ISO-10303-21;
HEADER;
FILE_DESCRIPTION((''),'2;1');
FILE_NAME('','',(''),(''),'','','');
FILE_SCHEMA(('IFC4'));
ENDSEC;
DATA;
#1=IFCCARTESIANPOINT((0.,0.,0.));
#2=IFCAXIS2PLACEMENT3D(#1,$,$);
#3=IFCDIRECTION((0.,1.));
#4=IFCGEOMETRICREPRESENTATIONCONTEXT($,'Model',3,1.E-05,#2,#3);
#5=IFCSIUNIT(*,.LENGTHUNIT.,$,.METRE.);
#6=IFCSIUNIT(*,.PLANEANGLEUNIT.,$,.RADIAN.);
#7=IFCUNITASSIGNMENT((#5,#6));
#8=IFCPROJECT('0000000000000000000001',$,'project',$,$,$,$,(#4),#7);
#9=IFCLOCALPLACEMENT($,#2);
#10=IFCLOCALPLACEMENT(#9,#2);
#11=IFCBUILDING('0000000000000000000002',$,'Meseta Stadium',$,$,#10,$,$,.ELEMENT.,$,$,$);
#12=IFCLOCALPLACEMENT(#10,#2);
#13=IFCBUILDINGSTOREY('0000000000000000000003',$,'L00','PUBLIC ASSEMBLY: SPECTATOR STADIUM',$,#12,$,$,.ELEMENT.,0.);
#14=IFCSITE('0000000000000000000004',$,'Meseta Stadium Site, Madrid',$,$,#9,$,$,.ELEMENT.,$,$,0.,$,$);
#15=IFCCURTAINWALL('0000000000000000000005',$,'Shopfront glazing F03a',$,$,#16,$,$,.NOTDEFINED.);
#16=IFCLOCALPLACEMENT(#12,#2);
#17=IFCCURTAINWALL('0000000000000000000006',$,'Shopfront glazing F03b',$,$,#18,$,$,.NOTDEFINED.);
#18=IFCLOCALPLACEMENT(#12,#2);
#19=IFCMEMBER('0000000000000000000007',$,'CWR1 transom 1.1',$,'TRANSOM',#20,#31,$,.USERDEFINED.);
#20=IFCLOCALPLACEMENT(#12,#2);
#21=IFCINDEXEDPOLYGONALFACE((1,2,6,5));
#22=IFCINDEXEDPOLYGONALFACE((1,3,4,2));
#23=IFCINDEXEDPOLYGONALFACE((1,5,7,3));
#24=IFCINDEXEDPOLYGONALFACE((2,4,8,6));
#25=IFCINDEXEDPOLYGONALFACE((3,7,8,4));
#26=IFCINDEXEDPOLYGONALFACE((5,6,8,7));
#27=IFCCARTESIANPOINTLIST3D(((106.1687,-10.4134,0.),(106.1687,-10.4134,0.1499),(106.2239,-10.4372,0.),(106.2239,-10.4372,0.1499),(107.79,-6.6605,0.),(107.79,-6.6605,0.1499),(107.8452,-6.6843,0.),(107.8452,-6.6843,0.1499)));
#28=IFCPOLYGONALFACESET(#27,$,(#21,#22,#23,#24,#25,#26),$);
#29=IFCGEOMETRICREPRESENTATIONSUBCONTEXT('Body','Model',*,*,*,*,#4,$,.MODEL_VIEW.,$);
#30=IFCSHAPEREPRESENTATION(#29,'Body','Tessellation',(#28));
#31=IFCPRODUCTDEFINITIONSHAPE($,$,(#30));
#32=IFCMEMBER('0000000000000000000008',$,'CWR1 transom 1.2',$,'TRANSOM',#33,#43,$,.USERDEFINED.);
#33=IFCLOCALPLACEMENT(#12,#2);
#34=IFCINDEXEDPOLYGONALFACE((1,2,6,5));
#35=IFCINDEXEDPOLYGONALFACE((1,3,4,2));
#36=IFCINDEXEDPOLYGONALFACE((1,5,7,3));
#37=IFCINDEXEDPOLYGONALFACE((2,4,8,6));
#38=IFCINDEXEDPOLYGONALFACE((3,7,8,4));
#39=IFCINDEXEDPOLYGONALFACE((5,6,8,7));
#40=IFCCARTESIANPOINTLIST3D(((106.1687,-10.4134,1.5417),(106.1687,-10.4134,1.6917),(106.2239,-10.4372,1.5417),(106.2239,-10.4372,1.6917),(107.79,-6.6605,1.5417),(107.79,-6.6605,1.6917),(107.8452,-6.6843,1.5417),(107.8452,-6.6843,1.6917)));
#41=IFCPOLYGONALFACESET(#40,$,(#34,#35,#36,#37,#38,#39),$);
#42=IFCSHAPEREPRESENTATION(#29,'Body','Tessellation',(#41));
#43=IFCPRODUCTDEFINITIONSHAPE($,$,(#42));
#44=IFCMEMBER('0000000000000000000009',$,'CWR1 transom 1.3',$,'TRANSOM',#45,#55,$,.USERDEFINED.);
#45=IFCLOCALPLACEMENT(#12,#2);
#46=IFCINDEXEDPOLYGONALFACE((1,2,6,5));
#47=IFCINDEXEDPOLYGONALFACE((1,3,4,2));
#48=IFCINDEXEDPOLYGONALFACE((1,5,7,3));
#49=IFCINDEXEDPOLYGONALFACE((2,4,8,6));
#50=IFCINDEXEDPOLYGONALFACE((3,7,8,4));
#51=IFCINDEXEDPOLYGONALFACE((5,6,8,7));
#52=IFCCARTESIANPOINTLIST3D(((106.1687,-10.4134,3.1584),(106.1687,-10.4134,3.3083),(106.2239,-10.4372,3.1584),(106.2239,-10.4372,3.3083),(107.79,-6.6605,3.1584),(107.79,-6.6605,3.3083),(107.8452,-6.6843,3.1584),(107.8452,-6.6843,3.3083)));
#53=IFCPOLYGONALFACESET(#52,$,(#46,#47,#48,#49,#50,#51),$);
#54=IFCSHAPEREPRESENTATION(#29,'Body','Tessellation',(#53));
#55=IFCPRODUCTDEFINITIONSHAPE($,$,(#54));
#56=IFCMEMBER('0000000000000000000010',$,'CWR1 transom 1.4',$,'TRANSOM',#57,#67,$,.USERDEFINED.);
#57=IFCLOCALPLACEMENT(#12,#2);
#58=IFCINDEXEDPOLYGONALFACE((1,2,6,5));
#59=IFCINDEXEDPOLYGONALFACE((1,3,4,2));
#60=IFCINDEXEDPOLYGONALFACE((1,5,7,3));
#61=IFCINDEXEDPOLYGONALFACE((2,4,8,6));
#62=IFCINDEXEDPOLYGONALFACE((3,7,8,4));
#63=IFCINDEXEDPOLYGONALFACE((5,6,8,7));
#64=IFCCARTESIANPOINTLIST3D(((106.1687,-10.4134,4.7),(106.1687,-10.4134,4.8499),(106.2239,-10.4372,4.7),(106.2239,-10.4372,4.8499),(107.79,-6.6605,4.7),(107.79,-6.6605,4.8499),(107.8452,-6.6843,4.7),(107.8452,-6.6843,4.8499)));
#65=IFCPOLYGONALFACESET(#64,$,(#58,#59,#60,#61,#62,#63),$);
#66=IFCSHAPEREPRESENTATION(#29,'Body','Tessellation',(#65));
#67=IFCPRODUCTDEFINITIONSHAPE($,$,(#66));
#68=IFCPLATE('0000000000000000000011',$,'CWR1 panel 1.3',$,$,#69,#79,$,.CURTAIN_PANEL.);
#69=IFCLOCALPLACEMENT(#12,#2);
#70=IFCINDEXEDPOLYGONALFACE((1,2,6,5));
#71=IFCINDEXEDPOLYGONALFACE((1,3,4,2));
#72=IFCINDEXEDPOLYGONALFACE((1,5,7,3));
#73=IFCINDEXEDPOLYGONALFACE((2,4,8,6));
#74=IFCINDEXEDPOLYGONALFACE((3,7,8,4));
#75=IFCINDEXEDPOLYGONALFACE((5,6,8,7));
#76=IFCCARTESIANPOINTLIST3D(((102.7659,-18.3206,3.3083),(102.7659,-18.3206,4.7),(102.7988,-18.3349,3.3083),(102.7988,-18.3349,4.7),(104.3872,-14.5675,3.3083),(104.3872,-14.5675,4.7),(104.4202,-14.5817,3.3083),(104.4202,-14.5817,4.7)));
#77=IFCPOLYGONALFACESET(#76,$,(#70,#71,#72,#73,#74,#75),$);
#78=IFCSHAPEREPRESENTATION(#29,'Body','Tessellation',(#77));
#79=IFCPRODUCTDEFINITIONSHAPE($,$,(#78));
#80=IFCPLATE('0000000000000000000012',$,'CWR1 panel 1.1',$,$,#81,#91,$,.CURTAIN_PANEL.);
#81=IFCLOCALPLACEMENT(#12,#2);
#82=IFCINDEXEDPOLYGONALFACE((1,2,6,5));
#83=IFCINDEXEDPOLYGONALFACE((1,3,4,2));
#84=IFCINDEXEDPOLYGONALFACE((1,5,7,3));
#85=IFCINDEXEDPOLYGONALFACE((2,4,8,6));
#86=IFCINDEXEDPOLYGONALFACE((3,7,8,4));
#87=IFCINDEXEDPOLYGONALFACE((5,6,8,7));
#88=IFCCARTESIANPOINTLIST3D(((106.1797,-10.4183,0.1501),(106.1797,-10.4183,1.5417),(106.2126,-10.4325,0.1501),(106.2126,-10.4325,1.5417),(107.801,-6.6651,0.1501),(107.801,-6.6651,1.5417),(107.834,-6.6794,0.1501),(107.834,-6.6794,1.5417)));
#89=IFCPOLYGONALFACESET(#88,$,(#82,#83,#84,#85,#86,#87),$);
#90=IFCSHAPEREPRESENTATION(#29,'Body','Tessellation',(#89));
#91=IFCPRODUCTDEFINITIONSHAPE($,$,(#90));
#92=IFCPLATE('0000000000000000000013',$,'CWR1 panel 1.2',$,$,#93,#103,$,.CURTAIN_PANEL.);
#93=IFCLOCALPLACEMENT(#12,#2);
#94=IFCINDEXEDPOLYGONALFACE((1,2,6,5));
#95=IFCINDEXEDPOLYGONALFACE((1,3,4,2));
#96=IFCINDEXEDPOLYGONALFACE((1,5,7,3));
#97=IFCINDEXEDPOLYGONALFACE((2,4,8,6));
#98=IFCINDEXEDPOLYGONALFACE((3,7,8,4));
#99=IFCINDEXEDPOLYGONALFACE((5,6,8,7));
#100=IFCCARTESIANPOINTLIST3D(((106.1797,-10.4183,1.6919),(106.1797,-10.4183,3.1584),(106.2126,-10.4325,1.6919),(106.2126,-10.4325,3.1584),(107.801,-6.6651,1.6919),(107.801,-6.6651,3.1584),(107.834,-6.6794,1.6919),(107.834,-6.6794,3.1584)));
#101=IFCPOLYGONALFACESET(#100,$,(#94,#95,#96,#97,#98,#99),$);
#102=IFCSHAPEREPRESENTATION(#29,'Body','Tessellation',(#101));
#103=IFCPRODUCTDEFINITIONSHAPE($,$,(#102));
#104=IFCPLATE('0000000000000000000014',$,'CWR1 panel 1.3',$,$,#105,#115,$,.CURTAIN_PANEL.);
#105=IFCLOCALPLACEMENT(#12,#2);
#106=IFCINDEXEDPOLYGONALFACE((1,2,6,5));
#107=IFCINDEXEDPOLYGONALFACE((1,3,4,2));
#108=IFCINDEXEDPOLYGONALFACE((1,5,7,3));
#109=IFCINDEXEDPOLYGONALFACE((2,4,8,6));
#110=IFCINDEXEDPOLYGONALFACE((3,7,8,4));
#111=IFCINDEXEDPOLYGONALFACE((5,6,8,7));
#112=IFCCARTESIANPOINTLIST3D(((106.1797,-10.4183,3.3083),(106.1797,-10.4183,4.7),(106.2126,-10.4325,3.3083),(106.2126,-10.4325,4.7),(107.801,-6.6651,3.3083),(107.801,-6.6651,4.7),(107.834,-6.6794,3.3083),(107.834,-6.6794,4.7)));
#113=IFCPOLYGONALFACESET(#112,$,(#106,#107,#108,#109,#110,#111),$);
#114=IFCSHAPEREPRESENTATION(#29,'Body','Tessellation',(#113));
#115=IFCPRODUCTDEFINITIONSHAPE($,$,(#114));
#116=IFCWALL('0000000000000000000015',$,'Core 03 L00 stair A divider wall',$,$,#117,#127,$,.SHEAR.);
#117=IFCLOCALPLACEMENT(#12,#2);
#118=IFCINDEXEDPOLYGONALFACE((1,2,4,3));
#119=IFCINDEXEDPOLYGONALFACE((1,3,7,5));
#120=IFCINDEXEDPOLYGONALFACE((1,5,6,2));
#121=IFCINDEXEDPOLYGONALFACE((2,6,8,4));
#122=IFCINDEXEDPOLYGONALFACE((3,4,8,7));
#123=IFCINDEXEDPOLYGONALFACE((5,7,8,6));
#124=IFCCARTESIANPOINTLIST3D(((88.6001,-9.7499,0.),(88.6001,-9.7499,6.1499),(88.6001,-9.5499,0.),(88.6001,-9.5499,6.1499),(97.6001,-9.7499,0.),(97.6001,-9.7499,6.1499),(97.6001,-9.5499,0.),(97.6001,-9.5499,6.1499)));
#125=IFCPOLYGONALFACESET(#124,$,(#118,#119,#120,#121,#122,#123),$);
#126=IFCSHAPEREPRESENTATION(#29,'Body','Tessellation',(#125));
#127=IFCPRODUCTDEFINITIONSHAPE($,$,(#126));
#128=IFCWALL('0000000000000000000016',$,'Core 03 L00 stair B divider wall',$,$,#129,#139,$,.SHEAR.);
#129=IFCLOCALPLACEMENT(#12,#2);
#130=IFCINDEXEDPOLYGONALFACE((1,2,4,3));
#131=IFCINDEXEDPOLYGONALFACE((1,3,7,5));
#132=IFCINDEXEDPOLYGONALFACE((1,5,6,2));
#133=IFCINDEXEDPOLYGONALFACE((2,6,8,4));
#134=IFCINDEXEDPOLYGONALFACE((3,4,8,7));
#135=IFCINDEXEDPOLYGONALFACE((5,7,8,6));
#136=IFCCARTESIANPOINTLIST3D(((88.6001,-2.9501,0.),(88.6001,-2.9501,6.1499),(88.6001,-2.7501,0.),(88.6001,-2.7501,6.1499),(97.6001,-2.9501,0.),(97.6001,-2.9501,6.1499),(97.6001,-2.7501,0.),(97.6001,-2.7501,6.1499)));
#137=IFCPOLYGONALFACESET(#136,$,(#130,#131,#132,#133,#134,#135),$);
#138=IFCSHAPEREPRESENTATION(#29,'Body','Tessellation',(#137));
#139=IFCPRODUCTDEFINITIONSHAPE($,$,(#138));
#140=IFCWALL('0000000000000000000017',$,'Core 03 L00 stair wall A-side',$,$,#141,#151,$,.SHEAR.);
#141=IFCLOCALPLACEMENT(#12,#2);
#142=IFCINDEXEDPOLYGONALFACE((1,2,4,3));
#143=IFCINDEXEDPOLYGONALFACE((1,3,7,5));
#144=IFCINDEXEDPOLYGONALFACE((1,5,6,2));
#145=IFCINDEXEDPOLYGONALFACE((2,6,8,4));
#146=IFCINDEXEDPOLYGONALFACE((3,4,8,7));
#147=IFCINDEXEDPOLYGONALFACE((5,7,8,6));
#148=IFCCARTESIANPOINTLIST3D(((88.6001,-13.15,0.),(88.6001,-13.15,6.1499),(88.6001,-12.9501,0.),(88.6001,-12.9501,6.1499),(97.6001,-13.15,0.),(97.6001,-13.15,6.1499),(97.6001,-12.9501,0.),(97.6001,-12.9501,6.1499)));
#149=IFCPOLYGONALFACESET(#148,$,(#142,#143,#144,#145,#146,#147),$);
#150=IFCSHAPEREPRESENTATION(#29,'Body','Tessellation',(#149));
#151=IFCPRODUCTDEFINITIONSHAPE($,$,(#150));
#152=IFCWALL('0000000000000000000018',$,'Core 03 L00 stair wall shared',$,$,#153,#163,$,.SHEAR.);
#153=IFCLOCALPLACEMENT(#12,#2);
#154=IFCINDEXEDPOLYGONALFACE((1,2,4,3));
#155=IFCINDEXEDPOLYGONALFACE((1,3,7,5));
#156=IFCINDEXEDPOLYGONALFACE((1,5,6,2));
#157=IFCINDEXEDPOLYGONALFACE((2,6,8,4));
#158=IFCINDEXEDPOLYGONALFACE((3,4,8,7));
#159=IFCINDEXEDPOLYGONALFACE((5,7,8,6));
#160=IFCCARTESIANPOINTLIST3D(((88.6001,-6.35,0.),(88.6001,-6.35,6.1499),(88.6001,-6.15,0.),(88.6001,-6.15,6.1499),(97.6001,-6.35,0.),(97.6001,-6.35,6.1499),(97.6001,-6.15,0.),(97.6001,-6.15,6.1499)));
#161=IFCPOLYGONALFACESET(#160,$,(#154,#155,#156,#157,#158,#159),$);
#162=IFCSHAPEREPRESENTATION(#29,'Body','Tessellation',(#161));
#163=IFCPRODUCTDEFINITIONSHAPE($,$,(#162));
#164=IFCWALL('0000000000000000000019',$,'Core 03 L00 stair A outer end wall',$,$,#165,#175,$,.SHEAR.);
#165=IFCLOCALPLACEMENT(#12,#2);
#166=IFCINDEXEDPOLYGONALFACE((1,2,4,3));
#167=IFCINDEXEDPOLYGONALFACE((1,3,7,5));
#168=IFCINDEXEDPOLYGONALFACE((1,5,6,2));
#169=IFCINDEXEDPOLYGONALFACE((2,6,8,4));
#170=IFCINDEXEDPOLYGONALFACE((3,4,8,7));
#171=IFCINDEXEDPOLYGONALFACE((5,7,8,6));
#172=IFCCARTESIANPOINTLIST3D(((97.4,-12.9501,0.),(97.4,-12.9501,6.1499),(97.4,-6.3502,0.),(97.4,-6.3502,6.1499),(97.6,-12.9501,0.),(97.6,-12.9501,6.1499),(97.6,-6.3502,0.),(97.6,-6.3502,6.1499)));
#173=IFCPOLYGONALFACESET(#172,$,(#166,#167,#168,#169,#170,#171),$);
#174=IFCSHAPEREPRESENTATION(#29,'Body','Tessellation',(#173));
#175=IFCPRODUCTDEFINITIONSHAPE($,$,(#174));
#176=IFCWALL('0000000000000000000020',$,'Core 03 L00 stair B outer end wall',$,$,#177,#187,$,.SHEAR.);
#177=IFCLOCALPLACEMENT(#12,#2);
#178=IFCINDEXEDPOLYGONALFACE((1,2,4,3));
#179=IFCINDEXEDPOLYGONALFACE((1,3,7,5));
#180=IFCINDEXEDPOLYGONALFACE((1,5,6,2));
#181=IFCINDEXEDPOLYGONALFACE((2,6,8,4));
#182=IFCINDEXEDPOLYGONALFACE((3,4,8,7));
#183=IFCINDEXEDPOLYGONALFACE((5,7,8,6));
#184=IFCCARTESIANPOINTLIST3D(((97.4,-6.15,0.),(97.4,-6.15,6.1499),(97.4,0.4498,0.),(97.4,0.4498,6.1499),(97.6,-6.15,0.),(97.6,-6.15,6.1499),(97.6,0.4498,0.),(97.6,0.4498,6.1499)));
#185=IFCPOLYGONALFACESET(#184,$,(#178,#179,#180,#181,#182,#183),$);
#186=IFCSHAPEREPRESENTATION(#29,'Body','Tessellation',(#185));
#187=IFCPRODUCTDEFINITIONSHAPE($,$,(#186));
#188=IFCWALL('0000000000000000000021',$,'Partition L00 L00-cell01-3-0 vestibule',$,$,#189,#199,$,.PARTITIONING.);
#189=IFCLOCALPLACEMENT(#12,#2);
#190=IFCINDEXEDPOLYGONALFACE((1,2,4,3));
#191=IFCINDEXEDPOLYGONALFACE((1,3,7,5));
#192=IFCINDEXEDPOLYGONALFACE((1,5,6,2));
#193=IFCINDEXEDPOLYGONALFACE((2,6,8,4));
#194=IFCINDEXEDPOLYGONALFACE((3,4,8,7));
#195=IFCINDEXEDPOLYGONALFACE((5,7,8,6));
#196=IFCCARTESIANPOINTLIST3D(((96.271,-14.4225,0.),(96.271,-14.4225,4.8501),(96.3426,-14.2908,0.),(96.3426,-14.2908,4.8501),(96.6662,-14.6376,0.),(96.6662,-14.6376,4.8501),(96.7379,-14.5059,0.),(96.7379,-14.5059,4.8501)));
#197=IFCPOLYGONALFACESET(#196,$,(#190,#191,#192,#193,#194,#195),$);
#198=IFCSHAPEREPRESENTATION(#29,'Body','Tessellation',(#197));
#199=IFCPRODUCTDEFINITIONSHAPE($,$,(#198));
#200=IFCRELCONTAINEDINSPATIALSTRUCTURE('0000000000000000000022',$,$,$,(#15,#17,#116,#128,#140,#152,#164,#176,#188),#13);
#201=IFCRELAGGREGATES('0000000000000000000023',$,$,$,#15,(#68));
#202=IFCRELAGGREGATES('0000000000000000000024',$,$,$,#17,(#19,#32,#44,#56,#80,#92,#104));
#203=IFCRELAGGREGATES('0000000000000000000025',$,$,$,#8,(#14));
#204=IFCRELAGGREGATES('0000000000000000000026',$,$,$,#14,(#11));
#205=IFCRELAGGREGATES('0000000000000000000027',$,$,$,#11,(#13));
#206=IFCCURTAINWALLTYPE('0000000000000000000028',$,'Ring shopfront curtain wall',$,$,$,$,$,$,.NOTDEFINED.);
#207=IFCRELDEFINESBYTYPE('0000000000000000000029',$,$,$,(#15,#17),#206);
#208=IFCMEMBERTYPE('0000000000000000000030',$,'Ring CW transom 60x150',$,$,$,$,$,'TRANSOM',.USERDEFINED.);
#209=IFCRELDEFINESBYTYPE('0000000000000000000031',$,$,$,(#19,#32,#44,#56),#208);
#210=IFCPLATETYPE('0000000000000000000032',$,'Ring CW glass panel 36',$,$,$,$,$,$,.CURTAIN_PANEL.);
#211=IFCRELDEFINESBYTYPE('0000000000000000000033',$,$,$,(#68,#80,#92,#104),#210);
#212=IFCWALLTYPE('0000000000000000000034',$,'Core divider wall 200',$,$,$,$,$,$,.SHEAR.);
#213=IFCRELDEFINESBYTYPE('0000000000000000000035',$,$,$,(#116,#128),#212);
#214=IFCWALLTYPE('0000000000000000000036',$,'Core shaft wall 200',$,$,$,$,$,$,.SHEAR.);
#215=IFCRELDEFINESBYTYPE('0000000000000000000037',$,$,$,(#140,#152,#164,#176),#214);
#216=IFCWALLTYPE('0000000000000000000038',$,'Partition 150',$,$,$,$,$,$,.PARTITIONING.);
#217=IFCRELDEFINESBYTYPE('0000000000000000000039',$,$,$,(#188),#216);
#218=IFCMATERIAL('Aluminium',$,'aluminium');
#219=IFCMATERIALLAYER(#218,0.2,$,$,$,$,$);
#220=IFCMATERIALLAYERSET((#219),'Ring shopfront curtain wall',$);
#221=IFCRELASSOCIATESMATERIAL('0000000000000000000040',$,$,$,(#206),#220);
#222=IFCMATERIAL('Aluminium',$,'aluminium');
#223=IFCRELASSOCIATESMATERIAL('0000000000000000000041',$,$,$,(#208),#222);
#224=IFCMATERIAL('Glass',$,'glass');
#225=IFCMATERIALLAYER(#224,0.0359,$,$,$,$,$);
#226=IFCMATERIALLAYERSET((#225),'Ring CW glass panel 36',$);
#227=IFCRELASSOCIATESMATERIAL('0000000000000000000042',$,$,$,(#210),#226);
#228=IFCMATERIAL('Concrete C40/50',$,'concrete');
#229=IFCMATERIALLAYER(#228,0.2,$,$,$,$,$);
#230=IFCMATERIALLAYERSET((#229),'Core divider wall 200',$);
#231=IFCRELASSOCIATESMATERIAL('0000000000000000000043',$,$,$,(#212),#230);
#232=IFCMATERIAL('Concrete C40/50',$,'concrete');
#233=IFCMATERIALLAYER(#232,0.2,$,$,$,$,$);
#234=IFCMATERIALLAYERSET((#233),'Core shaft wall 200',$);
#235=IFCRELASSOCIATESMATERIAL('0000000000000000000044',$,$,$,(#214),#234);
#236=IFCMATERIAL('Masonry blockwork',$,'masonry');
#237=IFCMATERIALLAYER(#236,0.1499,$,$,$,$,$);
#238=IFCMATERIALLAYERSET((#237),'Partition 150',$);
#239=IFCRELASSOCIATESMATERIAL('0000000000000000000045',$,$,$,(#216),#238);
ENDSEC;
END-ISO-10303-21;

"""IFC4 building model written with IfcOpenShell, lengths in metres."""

from ifc_helpers import new_model, si_unit, direction, frame, frame_2d, origin, origin_2d, place, context, subcontext, project, spatial, rectangle, extrude, material, layer, layer_set, material_profile, profile_set, type_object, element, aggregate, save


model = new_model("IFC4")

# Units and contexts
model_context = context("Model", 3, precision=1e-05, world=origin(), true_north=direction((0.0, 1.0)))
body_context = subcontext(model_context, "Body", "Model", "MODEL_VIEW")
ifc_project = project(units=[si_unit("LENGTHUNIT", "METRE"), si_unit("PLANEANGLEUNIT", "RADIAN")], contexts=[model_context])

# Site, building, storey
site_placement = place(None, origin())
site = spatial("IfcSite", under=ifc_project, at=site_placement, Name="Meseta Stadium Site, Madrid", CompositionType="ELEMENT", RefElevation=0.0)
building_placement = place(site_placement, origin())
building = spatial("IfcBuilding", under=site, at=building_placement, Name="Meseta Stadium", CompositionType="ELEMENT")
storey_placement = place(building_placement, origin())
storey = spatial("IfcBuildingStorey", under=building, at=storey_placement, Name="L00", Description="PUBLIC ASSEMBLY: SPECTATOR STADIUM", CompositionType="ELEMENT", Elevation=0.0)

# Curtain wall
ifc_material_1 = material(Name="Aluminium", Category="aluminium")
ifc_layer_1 = layer(ifc_material_1, 0.2)
ifc_layer_set_1 = layer_set([ifc_layer_1], Name="Ring shopfront curtain wall")
curtain_wall_type = type_object("IfcCurtainWallType", Name="Ring shopfront curtain wall", PredefinedType="NOTDEFINED", material=ifc_layer_set_1)
curtain_wall_1_placement = place(storey_placement, origin())
curtain_wall_1 = element("IfcCurtainWall", 1, at=curtain_wall_1_placement, inside=storey, type_object=curtain_wall_type, Name="Shopfront glazing F03a", PredefinedType="NOTDEFINED")

# Curtain wall, members
curtain_wall_2_placement = place(storey_placement, origin())
curtain_wall_2 = element("IfcCurtainWall", 2, at=curtain_wall_2_placement, inside=storey, type_object=curtain_wall_type, Name="Shopfront glazing F03b", PredefinedType="NOTDEFINED")
ifc_material_2 = material(Name="Aluminium", Category="aluminium")
ifc_material_profile_1 = material_profile(ifc_material_2, rectangle(XDim=0.0601, YDim=0.1499, at=origin_2d()), Name="CW 60x150")
ifc_profile_set_1 = profile_set([ifc_material_profile_1], Name="Aluminium")
member_type_1 = type_object("IfcMemberType", Name="Ring CW transom 60x150", ElementType="TRANSOM", PredefinedType="USERDEFINED", material=ifc_profile_set_1)
member_1_placement = place(storey_placement, frame((106.1963, -10.4253, 0.075), z_axis=(0.396592, 0.917995, 0.0), x_axis=(-0.917995, 0.396592, 0.0)))
member_1 = element("IfcMember", 3, at=member_1_placement, type_object=member_type_1, Name="CWR1 transom 1.1", ObjectType="TRANSOM", PredefinedType="USERDEFINED", context=body_context, shape_type="SweptSolid", body=[
    extrude(rectangle(XDim=0.0601, YDim=0.1499, at=origin_2d()), origin(), (0.0, 0.0, 1.0), 4.0881),
])
member_2_placement = place(storey_placement, frame((106.1963, -10.4253, 1.6167), z_axis=(0.396592, 0.917995, 0.0), x_axis=(-0.917995, 0.396592, 0.0)))
member_2 = element("IfcMember", 4, at=member_2_placement, type_object=member_type_1, Name="CWR1 transom 1.2", ObjectType="TRANSOM", PredefinedType="USERDEFINED", context=body_context, shape_type="SweptSolid", body=[
    extrude(rectangle(XDim=0.0601, YDim=0.1499, at=origin_2d()), origin(), (0.0, 0.0, 1.0), 4.0881),
])
member_3_placement = place(storey_placement, frame((106.1963, -10.4253, 3.2334), z_axis=(0.396592, 0.917995, 0.0), x_axis=(-0.917995, 0.396592, 0.0)))
member_3 = element("IfcMember", 5, at=member_3_placement, type_object=member_type_1, Name="CWR1 transom 1.3", ObjectType="TRANSOM", PredefinedType="USERDEFINED", context=body_context, shape_type="SweptSolid", body=[
    extrude(rectangle(XDim=0.0601, YDim=0.1499, at=origin_2d()), origin(), (0.0, 0.0, 1.0), 4.0881),
])
member_4_placement = place(storey_placement, frame((106.1963, -10.4253, 4.7749), z_axis=(0.396592, 0.917995, 0.0), x_axis=(-0.917995, 0.396592, 0.0)))
member_4 = element("IfcMember", 6, at=member_4_placement, type_object=member_type_1, Name="CWR1 transom 1.4", ObjectType="TRANSOM", PredefinedType="USERDEFINED", context=body_context, shape_type="SweptSolid", body=[
    extrude(rectangle(XDim=0.0601, YDim=0.1499, at=origin_2d()), origin(), (0.0, 0.0, 1.0), 4.0881),
])

# Plates
ifc_material_3 = material(Name="Glass", Category="glass")
ifc_layer_2 = layer(ifc_material_3, 0.0359)
ifc_layer_set_2 = layer_set([ifc_layer_2], Name="Ring CW glass panel 36")
plate_type = type_object("IfcPlateType", Name="Ring CW glass panel 36", PredefinedType="CURTAIN_PANEL", material=ifc_layer_set_2)
plate_1_placement = place(storey_placement, frame((103.593, -16.4512, 3.3083), z_axis=(0.0, 0.0, 1.0), x_axis=(0.396576, 0.918002, 0.0)))
plate_1 = element("IfcPlate", 7, at=plate_1_placement, type_object=plate_type, Name="CWR1 panel 1.3", PredefinedType="CURTAIN_PANEL", context=body_context, shape_type="SweptSolid", body=[
    extrude(rectangle(XDim=4.0884, YDim=0.0359, at=origin_2d()), origin(), (0.0, 0.0, 1.0), 1.3916),
])
aggregate(curtain_wall_1, [plate_1])
plate_2_placement = place(storey_placement, frame((107.0068, -8.5488, 0.1501), z_axis=(0.0, 0.0, 1.0), x_axis=(0.396576, 0.918002, 0.0)))
plate_2 = element("IfcPlate", 8, at=plate_2_placement, type_object=plate_type, Name="CWR1 panel 1.1", PredefinedType="CURTAIN_PANEL", context=body_context, shape_type="SweptSolid", body=[
    extrude(rectangle(XDim=4.0884, YDim=0.0359, at=origin_2d()), origin(), (0.0, 0.0, 1.0), 1.3916),
])
plate_3_placement = place(storey_placement, frame((107.0068, -8.5488, 1.6919), z_axis=(0.0, 0.0, 1.0), x_axis=(0.396576, 0.918002, 0.0)))
plate_3 = element("IfcPlate", 9, at=plate_3_placement, type_object=plate_type, Name="CWR1 panel 1.2", PredefinedType="CURTAIN_PANEL", context=body_context, shape_type="SweptSolid", body=[
    extrude(rectangle(XDim=4.0884, YDim=0.0359, at=origin_2d()), origin(), (0.0, 0.0, 1.0), 1.4666),
])
plate_4_placement = place(storey_placement, frame((107.0068, -8.5488, 3.3083), z_axis=(0.0, 0.0, 1.0), x_axis=(0.396576, 0.918002, 0.0)))
plate_4 = element("IfcPlate", 10, at=plate_4_placement, type_object=plate_type, Name="CWR1 panel 1.3", PredefinedType="CURTAIN_PANEL", context=body_context, shape_type="SweptSolid", body=[
    extrude(rectangle(XDim=4.0884, YDim=0.0359, at=origin_2d()), origin(), (0.0, 0.0, 1.0), 1.3916),
])
aggregate(curtain_wall_2, [member_1, member_2, member_3, member_4, plate_2, plate_3, plate_4])

# Walls
ifc_material_4 = material(Name="Concrete C40/50", Category="concrete")
ifc_layer_3 = layer(ifc_material_4, 0.2)
ifc_layer_set_3 = layer_set([ifc_layer_3], Name="Core divider wall 200")
wall_type_1 = type_object("IfcWallType", Name="Core divider wall 200", PredefinedType="SHEAR", material=ifc_layer_set_3)
for number, where, z_axis, x_axis, name in (
    (11, (97.6001, -9.6499, 0.0), (0.0, 0.0, 1.0), (-1.0, 0.0, 0.0), "Core 03 L00 stair A divider wall"),
    (12, (97.6001, -2.8501, 0.0), (0.0, 0.0, 1.0), (-1.0, 0.0, 0.0), "Core 03 L00 stair B divider wall"),
):
    element("IfcWall", number, at=place(storey_placement, frame(where, z_axis=z_axis, x_axis=x_axis)), inside=storey, type_object=wall_type_1, Name=name, PredefinedType="SHEAR", context=body_context, shape_type="SweptSolid", body=[
        extrude(rectangle(XDim=9.0, YDim=0.2, at=frame_2d((4.5, 0.0))), origin(), (0.0, 0.0, 1.0), 6.1499),
    ])
ifc_material_5 = material(Name="Concrete C40/50", Category="concrete")
ifc_layer_4 = layer(ifc_material_5, 0.2)
ifc_layer_set_4 = layer_set([ifc_layer_4], Name="Core shaft wall 200")
wall_type_2 = type_object("IfcWallType", Name="Core shaft wall 200", PredefinedType="SHEAR", material=ifc_layer_set_4)
for number, where, z_axis, x_axis, name in (
    (13, (97.6001, -13.05, 0.0), (0.0, 0.0, 1.0), (-1.0, 0.0, 0.0), "Core 03 L00 stair wall A-side"),
    (14, (97.6001, -6.25, 0.0), (0.0, 0.0, 1.0), (-1.0, 0.0, 0.0), "Core 03 L00 stair wall shared"),
):
    element("IfcWall", number, at=place(storey_placement, frame(where, z_axis=z_axis, x_axis=x_axis)), inside=storey, type_object=wall_type_2, Name=name, PredefinedType="SHEAR", context=body_context, shape_type="SweptSolid", body=[
        extrude(rectangle(XDim=9.0, YDim=0.2, at=frame_2d((4.5, 0.0))), origin(), (0.0, 0.0, 1.0), 6.1499),
    ])
for number, where, z_axis, x_axis, name in (
    (15, (97.5, -12.95, 0.0), (0.0, 0.0, 1.0), (0.0, 1.0, 0.0), "Core 03 L00 stair A outer end wall"),
    (16, (97.5, -6.1499, 0.0), (0.0, 0.0, 1.0), (0.0, 1.0, 0.0), "Core 03 L00 stair B outer end wall"),
):
    element("IfcWall", number, at=place(storey_placement, frame(where, z_axis=z_axis, x_axis=x_axis)), inside=storey, type_object=wall_type_2, Name=name, PredefinedType="SHEAR", context=body_context, shape_type="SweptSolid", body=[
        extrude(rectangle(XDim=6.5999, YDim=0.2, at=frame_2d((3.2998, 0.0))), origin(), (0.0, 0.0, 1.0), 6.1499),
    ])
ifc_material_6 = material(Name="Masonry blockwork", Category="masonry")
ifc_layer_5 = layer(ifc_material_6, 0.1499)
ifc_layer_set_5 = layer_set([ifc_layer_5], Name="Partition 150")
wall_type_3 = type_object("IfcWallType", Name="Partition 150", PredefinedType="PARTITIONING", material=ifc_layer_set_5)
wall_1_placement = place(storey_placement, frame((96.7021, -14.5718, 0.0), z_axis=(0.0, 0.0, 1.0), x_axis=(-0.878372, 0.477978, 0.0)))
element("IfcWall", 17, at=wall_1_placement, inside=storey, type_object=wall_type_3, Name="Partition L00 L00-cell01-3-0 vestibule", PredefinedType="PARTITIONING", context=body_context, shape_type="SweptSolid", body=[
    extrude(rectangle(XDim=0.45, YDim=0.1499, at=frame_2d((0.2251, 0.0))), origin(), (0.0, 0.0, 1.0), 4.8501),
])

save(model, "model.ifc")
